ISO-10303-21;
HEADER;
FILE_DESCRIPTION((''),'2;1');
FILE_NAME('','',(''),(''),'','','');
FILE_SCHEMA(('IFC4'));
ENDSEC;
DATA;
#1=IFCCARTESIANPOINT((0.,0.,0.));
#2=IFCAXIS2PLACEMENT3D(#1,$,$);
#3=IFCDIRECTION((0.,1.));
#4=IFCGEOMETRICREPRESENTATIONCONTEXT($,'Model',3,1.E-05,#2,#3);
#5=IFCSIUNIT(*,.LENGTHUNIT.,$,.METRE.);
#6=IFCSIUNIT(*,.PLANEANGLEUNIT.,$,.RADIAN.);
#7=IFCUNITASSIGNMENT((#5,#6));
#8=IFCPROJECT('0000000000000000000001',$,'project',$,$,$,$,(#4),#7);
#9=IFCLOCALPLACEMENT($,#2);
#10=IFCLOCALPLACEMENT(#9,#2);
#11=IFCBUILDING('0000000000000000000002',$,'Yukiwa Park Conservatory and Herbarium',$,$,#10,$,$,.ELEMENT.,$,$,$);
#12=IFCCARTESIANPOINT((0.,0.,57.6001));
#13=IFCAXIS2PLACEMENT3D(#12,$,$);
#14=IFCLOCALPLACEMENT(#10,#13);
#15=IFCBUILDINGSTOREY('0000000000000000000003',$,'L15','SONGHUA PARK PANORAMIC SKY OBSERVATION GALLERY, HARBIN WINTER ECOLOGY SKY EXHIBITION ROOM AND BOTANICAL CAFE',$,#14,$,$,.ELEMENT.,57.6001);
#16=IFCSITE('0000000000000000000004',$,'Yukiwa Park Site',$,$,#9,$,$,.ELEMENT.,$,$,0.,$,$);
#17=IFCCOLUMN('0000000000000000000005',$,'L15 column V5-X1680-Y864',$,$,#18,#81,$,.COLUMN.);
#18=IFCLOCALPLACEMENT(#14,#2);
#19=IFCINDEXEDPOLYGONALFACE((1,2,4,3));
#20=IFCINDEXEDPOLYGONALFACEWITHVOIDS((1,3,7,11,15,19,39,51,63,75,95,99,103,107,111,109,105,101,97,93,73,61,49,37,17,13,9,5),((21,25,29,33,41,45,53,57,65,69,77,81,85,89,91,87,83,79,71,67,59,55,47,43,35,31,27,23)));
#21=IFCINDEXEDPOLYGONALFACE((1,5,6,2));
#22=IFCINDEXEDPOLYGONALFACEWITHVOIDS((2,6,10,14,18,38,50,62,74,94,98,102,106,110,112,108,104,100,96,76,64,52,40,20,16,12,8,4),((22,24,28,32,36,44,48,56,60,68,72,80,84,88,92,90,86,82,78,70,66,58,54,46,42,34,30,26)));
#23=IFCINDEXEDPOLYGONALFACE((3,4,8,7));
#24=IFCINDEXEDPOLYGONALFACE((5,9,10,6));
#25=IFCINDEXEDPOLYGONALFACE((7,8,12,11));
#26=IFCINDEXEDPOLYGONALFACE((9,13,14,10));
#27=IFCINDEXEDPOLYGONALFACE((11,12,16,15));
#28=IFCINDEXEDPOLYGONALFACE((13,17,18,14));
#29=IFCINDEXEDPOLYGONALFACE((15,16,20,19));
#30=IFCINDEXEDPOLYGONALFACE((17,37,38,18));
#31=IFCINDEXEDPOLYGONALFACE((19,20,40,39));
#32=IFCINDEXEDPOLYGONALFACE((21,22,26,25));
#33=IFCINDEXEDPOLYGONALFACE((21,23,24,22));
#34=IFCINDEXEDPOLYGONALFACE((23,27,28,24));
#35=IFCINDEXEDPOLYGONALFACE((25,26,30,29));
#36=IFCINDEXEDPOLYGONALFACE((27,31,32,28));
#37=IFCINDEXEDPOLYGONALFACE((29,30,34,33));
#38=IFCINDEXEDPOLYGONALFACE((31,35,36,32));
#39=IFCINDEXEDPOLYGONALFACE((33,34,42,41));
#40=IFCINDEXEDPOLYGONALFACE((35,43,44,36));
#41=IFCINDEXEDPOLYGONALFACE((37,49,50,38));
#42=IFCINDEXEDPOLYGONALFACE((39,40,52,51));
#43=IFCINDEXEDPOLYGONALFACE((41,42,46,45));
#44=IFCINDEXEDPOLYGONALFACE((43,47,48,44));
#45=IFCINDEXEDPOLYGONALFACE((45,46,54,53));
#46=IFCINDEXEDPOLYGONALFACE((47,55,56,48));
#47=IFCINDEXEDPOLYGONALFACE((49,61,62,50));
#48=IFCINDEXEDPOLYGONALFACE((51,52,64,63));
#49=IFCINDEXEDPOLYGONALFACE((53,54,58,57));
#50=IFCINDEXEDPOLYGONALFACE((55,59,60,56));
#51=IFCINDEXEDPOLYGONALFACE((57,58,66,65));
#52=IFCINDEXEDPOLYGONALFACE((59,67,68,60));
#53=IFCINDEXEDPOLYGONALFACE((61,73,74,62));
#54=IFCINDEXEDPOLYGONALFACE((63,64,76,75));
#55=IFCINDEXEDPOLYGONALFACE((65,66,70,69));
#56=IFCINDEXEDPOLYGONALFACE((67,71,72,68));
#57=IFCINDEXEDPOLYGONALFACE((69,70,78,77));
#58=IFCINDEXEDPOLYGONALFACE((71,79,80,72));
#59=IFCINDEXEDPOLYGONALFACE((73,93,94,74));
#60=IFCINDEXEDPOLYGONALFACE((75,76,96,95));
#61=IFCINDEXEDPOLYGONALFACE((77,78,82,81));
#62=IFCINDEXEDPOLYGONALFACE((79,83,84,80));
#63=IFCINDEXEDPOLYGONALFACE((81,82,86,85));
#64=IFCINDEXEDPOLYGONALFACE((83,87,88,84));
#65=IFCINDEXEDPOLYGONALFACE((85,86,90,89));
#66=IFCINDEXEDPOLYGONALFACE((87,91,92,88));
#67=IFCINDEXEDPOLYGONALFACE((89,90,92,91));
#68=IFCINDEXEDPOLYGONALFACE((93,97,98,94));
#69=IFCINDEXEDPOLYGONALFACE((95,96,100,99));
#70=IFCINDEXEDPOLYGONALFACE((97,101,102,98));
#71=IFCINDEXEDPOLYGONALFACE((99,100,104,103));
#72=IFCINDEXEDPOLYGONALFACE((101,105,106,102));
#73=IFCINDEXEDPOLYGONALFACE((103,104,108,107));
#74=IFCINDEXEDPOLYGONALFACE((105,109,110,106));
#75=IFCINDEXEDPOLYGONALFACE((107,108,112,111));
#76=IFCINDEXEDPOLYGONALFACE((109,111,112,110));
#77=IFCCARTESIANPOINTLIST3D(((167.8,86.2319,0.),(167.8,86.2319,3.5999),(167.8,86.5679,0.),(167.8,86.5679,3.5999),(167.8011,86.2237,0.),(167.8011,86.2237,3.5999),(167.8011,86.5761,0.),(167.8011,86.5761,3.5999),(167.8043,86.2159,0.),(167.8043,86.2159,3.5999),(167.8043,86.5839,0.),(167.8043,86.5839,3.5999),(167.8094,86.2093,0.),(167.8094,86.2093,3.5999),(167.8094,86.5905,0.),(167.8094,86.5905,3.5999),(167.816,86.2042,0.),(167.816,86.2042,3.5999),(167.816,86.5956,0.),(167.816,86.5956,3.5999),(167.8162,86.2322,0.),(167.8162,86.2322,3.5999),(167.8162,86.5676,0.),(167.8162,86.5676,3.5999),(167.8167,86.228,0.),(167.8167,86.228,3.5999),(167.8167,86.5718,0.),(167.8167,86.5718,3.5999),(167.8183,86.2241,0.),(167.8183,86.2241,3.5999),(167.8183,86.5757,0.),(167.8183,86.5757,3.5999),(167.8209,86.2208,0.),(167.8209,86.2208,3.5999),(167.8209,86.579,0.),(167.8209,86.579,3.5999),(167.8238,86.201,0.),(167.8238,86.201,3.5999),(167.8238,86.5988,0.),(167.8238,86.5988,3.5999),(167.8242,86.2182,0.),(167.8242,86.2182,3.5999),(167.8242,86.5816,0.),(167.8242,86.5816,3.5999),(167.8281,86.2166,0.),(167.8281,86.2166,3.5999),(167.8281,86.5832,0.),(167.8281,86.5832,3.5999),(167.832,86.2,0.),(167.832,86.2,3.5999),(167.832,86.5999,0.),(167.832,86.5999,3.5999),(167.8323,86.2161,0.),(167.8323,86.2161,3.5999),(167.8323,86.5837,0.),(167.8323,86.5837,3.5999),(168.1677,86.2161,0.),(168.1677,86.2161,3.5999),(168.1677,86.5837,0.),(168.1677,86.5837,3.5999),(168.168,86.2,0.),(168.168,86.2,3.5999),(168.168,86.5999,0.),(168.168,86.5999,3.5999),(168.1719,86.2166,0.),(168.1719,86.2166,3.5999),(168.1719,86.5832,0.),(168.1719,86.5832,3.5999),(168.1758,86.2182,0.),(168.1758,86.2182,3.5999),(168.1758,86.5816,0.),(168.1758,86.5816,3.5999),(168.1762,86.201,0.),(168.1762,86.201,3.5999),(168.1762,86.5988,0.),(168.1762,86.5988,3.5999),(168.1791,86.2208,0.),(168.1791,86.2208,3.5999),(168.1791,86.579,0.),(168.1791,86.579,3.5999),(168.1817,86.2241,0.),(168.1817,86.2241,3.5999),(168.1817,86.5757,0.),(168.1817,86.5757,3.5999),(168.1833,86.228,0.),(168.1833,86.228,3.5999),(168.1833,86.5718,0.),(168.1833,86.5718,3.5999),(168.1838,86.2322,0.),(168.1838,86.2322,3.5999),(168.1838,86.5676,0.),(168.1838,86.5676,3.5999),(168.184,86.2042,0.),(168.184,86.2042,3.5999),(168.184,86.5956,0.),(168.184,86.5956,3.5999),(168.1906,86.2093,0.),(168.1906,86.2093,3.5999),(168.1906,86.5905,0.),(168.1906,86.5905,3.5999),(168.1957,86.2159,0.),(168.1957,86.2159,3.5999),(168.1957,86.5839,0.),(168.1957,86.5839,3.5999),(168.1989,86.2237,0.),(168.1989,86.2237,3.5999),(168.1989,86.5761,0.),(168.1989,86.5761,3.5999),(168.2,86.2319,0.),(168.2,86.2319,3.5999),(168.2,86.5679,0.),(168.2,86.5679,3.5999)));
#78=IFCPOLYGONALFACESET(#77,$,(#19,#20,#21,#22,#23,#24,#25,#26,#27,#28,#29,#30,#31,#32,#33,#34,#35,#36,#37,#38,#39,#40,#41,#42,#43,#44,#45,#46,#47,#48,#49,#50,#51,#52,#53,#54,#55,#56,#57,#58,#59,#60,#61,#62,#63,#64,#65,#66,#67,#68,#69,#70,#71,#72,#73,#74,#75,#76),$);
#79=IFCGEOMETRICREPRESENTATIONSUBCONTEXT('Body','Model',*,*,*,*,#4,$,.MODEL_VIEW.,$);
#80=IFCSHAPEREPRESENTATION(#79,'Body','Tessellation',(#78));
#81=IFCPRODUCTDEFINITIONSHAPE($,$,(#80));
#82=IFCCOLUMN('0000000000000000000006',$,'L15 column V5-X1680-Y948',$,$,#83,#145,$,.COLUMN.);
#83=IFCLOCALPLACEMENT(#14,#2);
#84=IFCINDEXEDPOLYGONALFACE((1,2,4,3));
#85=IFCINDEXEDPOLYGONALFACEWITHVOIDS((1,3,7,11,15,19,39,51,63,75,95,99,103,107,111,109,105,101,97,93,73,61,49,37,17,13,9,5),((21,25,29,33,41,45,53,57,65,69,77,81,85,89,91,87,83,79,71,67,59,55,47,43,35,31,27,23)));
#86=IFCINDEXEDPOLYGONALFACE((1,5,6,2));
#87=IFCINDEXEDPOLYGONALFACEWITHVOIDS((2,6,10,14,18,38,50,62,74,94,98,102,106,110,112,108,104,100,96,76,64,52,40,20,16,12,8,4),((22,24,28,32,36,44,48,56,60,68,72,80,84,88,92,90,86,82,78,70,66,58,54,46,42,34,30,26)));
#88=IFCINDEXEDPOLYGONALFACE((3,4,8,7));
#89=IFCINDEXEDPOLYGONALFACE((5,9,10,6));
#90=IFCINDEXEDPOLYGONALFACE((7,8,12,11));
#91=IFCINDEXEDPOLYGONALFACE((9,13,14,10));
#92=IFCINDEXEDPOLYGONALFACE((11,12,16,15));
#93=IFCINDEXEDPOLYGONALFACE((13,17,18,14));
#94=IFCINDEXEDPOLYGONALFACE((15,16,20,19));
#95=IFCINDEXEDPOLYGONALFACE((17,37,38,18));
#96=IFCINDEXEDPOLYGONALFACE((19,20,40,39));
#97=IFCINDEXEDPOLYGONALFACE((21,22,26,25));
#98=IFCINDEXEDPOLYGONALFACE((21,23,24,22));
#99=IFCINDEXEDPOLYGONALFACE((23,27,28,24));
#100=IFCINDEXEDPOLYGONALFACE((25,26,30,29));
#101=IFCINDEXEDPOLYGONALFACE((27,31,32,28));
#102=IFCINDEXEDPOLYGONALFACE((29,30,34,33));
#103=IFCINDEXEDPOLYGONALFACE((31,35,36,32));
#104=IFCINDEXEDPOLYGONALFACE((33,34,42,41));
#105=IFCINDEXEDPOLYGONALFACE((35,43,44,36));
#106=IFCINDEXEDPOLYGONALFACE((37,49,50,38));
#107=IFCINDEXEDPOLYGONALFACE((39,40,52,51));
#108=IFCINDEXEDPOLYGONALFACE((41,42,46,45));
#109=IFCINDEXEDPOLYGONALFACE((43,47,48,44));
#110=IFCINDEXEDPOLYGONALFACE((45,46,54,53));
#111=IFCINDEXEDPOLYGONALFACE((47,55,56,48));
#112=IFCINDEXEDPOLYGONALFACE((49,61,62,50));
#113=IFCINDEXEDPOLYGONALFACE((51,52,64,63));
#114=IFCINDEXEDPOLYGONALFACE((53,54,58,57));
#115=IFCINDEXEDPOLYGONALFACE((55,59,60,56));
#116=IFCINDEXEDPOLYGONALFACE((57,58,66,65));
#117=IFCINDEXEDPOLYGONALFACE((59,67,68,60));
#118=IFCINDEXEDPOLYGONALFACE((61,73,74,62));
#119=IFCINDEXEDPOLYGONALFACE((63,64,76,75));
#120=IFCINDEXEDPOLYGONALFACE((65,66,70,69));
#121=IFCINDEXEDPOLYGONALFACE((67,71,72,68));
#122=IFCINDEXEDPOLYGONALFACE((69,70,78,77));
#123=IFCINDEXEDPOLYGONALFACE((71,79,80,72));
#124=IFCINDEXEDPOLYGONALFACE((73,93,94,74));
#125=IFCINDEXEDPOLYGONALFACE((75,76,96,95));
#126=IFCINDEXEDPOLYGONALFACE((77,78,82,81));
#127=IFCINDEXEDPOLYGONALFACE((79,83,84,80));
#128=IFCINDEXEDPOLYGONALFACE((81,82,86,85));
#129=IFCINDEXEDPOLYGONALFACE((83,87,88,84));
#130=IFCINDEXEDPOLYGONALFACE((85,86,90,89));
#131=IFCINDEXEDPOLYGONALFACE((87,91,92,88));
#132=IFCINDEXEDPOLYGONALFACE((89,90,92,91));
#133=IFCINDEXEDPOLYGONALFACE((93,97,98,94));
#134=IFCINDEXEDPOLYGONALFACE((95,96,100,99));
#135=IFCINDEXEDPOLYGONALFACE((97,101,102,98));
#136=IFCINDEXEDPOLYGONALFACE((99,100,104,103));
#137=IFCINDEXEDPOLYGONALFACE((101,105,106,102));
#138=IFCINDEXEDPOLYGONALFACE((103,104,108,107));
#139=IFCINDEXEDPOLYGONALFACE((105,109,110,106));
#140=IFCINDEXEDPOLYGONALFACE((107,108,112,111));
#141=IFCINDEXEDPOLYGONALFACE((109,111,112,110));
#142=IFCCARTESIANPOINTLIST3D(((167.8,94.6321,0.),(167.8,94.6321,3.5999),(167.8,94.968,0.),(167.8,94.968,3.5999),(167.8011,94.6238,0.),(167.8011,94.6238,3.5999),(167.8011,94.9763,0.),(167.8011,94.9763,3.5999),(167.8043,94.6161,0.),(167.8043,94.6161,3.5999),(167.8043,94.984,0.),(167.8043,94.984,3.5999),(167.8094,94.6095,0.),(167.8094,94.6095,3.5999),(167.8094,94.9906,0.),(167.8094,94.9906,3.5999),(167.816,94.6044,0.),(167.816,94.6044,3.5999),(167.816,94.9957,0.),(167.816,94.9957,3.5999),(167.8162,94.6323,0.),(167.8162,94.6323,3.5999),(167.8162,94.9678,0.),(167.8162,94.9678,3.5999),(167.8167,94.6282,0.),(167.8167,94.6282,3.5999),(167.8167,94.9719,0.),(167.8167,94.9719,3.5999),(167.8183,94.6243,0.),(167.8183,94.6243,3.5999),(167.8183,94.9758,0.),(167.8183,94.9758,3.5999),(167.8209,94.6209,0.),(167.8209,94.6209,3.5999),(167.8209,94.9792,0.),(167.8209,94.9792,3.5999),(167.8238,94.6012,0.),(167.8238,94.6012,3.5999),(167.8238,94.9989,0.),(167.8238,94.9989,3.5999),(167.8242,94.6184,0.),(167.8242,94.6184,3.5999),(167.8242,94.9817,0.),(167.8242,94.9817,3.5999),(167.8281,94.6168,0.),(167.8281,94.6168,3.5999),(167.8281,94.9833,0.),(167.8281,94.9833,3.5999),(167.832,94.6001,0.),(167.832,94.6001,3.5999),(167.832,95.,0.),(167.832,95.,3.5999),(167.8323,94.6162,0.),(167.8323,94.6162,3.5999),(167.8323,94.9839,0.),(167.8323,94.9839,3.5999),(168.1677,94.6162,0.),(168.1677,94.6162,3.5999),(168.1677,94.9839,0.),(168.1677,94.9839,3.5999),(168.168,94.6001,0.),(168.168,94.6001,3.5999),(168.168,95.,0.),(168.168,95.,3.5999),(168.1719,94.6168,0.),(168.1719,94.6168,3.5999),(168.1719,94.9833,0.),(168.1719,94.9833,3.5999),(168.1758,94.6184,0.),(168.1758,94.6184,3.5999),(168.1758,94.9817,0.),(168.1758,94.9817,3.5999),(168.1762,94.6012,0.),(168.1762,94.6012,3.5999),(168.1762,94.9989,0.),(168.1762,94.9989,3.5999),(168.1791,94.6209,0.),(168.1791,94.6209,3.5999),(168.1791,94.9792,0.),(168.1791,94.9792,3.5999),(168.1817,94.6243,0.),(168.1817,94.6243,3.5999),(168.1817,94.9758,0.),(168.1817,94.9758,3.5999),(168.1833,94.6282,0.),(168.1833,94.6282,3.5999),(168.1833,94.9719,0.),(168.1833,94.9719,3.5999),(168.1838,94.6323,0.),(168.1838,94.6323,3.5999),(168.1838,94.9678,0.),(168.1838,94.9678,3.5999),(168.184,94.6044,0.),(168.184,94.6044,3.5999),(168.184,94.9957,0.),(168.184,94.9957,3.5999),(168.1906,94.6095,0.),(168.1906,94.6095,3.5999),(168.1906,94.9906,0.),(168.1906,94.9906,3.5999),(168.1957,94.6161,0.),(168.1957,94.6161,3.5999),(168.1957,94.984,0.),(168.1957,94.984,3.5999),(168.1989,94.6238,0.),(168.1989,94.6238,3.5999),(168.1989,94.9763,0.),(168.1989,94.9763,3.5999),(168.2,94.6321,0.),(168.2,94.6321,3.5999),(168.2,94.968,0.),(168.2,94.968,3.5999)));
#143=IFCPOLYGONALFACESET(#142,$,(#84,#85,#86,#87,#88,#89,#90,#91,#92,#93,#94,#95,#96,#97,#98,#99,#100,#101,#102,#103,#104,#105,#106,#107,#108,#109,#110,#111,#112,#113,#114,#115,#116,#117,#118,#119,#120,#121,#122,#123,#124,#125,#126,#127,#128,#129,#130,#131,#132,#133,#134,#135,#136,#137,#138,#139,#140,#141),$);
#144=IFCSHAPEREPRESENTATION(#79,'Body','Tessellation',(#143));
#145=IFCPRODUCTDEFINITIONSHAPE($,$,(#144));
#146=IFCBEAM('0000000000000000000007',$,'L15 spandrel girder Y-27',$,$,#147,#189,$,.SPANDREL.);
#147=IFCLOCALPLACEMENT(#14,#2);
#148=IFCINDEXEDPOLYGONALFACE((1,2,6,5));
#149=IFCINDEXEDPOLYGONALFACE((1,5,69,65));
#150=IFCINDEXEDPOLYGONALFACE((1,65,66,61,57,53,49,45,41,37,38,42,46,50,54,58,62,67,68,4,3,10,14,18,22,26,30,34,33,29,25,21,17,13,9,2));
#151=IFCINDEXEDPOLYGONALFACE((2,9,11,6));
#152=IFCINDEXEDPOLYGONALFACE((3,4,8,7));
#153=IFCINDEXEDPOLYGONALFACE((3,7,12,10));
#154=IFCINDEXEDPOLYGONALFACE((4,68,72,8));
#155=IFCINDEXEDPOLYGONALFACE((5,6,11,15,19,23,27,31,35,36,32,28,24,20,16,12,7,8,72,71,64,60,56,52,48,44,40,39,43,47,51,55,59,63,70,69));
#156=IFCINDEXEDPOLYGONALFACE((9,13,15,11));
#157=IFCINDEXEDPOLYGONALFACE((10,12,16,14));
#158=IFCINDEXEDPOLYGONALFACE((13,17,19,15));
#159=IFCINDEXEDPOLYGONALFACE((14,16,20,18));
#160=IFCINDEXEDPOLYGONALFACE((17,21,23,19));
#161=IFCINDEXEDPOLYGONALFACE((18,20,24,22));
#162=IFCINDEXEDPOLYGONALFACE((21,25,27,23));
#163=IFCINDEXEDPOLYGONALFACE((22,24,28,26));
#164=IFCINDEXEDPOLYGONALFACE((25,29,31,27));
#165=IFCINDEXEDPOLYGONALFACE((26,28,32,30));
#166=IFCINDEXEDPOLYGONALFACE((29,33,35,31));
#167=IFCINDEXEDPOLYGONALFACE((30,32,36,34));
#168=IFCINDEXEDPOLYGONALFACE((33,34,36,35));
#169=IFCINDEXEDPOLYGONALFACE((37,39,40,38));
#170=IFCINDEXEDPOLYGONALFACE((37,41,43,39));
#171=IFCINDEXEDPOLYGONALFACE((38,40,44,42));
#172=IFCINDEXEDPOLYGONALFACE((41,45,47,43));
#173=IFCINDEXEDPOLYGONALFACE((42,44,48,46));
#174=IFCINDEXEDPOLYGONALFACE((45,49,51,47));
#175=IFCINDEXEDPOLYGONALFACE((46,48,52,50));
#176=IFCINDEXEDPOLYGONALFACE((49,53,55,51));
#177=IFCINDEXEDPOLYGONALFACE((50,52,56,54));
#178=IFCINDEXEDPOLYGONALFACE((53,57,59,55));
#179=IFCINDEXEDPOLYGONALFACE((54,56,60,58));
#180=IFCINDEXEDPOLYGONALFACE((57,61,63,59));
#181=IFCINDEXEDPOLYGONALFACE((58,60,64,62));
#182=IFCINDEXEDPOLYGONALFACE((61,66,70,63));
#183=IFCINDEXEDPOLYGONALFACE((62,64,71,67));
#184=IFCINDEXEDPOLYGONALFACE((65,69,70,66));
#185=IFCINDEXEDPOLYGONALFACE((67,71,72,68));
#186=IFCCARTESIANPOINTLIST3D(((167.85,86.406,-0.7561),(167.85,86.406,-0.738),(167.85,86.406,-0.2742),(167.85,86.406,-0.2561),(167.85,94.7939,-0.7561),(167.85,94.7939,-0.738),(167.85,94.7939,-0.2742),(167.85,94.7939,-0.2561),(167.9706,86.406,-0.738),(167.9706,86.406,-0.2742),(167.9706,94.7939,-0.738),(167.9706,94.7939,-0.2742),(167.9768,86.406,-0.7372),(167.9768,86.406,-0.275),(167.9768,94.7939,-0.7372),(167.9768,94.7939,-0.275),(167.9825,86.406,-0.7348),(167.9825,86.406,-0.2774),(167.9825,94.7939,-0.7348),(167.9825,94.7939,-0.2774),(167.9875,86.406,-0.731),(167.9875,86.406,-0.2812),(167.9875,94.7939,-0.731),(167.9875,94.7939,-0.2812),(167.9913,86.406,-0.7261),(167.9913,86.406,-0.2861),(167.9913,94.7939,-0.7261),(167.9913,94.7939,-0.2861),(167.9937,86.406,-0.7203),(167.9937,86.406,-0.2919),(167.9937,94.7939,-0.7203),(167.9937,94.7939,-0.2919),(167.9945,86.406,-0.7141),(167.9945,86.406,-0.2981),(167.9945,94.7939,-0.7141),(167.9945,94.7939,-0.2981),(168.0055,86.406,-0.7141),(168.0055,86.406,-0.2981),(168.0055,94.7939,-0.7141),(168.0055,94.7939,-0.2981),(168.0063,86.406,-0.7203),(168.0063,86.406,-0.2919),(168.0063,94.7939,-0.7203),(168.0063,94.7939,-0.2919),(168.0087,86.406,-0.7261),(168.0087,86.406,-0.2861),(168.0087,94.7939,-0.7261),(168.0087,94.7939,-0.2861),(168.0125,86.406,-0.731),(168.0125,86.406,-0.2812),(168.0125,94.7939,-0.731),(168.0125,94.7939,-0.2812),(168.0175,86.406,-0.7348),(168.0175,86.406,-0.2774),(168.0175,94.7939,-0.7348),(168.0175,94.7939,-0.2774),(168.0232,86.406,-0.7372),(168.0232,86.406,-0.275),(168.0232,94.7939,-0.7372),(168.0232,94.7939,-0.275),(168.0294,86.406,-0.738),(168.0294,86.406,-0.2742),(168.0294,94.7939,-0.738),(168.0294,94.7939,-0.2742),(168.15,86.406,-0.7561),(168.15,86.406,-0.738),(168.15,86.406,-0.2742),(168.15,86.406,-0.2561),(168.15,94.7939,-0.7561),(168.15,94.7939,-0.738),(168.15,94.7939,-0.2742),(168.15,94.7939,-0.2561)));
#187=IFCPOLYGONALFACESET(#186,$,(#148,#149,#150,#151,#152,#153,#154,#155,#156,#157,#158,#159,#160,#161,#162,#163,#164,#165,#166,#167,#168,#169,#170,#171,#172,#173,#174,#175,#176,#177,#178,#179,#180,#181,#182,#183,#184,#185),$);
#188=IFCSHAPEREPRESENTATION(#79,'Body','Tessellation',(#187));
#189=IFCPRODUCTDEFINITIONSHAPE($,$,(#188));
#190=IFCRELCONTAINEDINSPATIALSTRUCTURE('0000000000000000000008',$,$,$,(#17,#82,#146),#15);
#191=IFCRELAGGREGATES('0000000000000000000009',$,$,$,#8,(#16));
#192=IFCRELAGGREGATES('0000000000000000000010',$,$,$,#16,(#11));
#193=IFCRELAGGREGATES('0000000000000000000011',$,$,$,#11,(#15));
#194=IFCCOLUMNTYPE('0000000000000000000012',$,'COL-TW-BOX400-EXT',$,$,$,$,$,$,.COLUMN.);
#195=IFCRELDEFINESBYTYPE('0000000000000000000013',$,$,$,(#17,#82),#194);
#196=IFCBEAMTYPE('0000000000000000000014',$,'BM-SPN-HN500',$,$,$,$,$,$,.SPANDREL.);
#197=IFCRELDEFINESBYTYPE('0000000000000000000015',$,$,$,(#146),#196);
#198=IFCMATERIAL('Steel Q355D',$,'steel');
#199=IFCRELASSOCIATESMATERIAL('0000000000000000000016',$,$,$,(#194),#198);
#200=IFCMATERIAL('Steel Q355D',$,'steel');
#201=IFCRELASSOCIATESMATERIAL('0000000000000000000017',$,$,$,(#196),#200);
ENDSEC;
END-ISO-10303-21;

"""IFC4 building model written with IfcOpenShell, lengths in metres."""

from ifc_helpers import new_model, si_unit, direction, frame, origin, origin_2d, place, context, subcontext, project, spatial, hollow_rectangle, i_section, extrude, material, material_profile, profile_set, type_object, element, save


model = new_model("IFC4")

# Units and contexts
model_context = context("Model", 3, precision=1e-05, world=origin(), true_north=direction((0.0, 1.0)))
body_context = subcontext(model_context, "Body", "Model", "MODEL_VIEW")
ifc_project = project(units=[si_unit("LENGTHUNIT", "METRE"), si_unit("PLANEANGLEUNIT", "RADIAN")], contexts=[model_context])

# Site, building, storey
site_placement = place(None, origin())
site = spatial("IfcSite", under=ifc_project, at=site_placement, Name="Yukiwa Park Site", CompositionType="ELEMENT", RefElevation=0.0)
building_placement = place(site_placement, origin())
building = spatial("IfcBuilding", under=site, at=building_placement, Name="Yukiwa Park Conservatory and Herbarium", CompositionType="ELEMENT")
storey_placement = place(building_placement, frame((0.0, 0.0, 57.6001)))
storey = spatial("IfcBuildingStorey", under=building, at=storey_placement, Name="L15", Description="SONGHUA PARK PANORAMIC SKY OBSERVATION GALLERY, HARBIN WINTER ECOLOGY SKY EXHIBITION ROOM AND BOTANICAL CAFE", CompositionType="ELEMENT", Elevation=57.6001)

# Columns
ifc_material_1 = material(Name="Steel Q355D", Category="steel")
ifc_material_profile_1 = material_profile(ifc_material_1, hollow_rectangle(XDim=0.3999, YDim=0.3999, WallThickness=0.0161, InnerFilletRadius=0.0161, OuterFilletRadius=0.032, at=origin_2d()), Name="BOX 400x400x16")
ifc_profile_set_1 = profile_set([ifc_material_profile_1], Name="Steel Q355D")
column_type = type_object("IfcColumnType", Name="COL-TW-BOX400-EXT", PredefinedType="COLUMN", material=ifc_profile_set_1)
for number, where, z_axis, x_axis, name in (
    (1, (168.0, 86.3999, 0.0), (0.0, 0.0, 1.0), (1.0, 0.0, 0.0), "L15 column V5-X1680-Y864"),
    (2, (168.0, 94.8, 0.0), (0.0, 0.0, 1.0), (1.0, 0.0, 0.0), "L15 column V5-X1680-Y948"),
):
    element("IfcColumn", number, at=place(storey_placement, frame(where, z_axis=z_axis, x_axis=x_axis)), inside=storey, type_object=column_type, Name=name, PredefinedType="COLUMN", context=body_context, shape_type="SweptSolid", body=[
        extrude(hollow_rectangle(XDim=0.3999, YDim=0.3999, WallThickness=0.0161, InnerFilletRadius=0.0161, OuterFilletRadius=0.032, at=origin_2d()), origin(), (0.0, 0.0, 1.0), 3.5999),
    ])

# Beam
ifc_material_2 = material(Name="Steel Q355D", Category="steel")
ifc_material_profile_2 = material_profile(ifc_material_2, i_section(OverallWidth=0.3, OverallDepth=0.5, WebThickness=0.011, FlangeThickness=0.0181, FilletRadius=0.0239, at=origin_2d()), Name="HM 500x300x11x18")
ifc_profile_set_2 = profile_set([ifc_material_profile_2], Name="Steel Q355D")
beam_type = type_object("IfcBeamType", Name="BM-SPN-HN500", PredefinedType="SPANDREL", material=ifc_profile_set_2)
beam_1_placement = place(storey_placement, frame((168.0, 86.406, -0.5061), z_axis=(0.0, 1.0, 0.0), x_axis=(-1.0, 0.0, 0.0)))
element("IfcBeam", 3, at=beam_1_placement, inside=storey, type_object=beam_type, Name="L15 spandrel girder Y-27", PredefinedType="SPANDREL", context=body_context, shape_type="SweptSolid", body=[
    extrude(i_section(OverallWidth=0.3, OverallDepth=0.5, WebThickness=0.011, FlangeThickness=0.0181, FilletRadius=0.0239, at=origin_2d()), origin(), (0.0, 0.0, 1.0), 8.3879),
])

save(model, "model.ifc")
